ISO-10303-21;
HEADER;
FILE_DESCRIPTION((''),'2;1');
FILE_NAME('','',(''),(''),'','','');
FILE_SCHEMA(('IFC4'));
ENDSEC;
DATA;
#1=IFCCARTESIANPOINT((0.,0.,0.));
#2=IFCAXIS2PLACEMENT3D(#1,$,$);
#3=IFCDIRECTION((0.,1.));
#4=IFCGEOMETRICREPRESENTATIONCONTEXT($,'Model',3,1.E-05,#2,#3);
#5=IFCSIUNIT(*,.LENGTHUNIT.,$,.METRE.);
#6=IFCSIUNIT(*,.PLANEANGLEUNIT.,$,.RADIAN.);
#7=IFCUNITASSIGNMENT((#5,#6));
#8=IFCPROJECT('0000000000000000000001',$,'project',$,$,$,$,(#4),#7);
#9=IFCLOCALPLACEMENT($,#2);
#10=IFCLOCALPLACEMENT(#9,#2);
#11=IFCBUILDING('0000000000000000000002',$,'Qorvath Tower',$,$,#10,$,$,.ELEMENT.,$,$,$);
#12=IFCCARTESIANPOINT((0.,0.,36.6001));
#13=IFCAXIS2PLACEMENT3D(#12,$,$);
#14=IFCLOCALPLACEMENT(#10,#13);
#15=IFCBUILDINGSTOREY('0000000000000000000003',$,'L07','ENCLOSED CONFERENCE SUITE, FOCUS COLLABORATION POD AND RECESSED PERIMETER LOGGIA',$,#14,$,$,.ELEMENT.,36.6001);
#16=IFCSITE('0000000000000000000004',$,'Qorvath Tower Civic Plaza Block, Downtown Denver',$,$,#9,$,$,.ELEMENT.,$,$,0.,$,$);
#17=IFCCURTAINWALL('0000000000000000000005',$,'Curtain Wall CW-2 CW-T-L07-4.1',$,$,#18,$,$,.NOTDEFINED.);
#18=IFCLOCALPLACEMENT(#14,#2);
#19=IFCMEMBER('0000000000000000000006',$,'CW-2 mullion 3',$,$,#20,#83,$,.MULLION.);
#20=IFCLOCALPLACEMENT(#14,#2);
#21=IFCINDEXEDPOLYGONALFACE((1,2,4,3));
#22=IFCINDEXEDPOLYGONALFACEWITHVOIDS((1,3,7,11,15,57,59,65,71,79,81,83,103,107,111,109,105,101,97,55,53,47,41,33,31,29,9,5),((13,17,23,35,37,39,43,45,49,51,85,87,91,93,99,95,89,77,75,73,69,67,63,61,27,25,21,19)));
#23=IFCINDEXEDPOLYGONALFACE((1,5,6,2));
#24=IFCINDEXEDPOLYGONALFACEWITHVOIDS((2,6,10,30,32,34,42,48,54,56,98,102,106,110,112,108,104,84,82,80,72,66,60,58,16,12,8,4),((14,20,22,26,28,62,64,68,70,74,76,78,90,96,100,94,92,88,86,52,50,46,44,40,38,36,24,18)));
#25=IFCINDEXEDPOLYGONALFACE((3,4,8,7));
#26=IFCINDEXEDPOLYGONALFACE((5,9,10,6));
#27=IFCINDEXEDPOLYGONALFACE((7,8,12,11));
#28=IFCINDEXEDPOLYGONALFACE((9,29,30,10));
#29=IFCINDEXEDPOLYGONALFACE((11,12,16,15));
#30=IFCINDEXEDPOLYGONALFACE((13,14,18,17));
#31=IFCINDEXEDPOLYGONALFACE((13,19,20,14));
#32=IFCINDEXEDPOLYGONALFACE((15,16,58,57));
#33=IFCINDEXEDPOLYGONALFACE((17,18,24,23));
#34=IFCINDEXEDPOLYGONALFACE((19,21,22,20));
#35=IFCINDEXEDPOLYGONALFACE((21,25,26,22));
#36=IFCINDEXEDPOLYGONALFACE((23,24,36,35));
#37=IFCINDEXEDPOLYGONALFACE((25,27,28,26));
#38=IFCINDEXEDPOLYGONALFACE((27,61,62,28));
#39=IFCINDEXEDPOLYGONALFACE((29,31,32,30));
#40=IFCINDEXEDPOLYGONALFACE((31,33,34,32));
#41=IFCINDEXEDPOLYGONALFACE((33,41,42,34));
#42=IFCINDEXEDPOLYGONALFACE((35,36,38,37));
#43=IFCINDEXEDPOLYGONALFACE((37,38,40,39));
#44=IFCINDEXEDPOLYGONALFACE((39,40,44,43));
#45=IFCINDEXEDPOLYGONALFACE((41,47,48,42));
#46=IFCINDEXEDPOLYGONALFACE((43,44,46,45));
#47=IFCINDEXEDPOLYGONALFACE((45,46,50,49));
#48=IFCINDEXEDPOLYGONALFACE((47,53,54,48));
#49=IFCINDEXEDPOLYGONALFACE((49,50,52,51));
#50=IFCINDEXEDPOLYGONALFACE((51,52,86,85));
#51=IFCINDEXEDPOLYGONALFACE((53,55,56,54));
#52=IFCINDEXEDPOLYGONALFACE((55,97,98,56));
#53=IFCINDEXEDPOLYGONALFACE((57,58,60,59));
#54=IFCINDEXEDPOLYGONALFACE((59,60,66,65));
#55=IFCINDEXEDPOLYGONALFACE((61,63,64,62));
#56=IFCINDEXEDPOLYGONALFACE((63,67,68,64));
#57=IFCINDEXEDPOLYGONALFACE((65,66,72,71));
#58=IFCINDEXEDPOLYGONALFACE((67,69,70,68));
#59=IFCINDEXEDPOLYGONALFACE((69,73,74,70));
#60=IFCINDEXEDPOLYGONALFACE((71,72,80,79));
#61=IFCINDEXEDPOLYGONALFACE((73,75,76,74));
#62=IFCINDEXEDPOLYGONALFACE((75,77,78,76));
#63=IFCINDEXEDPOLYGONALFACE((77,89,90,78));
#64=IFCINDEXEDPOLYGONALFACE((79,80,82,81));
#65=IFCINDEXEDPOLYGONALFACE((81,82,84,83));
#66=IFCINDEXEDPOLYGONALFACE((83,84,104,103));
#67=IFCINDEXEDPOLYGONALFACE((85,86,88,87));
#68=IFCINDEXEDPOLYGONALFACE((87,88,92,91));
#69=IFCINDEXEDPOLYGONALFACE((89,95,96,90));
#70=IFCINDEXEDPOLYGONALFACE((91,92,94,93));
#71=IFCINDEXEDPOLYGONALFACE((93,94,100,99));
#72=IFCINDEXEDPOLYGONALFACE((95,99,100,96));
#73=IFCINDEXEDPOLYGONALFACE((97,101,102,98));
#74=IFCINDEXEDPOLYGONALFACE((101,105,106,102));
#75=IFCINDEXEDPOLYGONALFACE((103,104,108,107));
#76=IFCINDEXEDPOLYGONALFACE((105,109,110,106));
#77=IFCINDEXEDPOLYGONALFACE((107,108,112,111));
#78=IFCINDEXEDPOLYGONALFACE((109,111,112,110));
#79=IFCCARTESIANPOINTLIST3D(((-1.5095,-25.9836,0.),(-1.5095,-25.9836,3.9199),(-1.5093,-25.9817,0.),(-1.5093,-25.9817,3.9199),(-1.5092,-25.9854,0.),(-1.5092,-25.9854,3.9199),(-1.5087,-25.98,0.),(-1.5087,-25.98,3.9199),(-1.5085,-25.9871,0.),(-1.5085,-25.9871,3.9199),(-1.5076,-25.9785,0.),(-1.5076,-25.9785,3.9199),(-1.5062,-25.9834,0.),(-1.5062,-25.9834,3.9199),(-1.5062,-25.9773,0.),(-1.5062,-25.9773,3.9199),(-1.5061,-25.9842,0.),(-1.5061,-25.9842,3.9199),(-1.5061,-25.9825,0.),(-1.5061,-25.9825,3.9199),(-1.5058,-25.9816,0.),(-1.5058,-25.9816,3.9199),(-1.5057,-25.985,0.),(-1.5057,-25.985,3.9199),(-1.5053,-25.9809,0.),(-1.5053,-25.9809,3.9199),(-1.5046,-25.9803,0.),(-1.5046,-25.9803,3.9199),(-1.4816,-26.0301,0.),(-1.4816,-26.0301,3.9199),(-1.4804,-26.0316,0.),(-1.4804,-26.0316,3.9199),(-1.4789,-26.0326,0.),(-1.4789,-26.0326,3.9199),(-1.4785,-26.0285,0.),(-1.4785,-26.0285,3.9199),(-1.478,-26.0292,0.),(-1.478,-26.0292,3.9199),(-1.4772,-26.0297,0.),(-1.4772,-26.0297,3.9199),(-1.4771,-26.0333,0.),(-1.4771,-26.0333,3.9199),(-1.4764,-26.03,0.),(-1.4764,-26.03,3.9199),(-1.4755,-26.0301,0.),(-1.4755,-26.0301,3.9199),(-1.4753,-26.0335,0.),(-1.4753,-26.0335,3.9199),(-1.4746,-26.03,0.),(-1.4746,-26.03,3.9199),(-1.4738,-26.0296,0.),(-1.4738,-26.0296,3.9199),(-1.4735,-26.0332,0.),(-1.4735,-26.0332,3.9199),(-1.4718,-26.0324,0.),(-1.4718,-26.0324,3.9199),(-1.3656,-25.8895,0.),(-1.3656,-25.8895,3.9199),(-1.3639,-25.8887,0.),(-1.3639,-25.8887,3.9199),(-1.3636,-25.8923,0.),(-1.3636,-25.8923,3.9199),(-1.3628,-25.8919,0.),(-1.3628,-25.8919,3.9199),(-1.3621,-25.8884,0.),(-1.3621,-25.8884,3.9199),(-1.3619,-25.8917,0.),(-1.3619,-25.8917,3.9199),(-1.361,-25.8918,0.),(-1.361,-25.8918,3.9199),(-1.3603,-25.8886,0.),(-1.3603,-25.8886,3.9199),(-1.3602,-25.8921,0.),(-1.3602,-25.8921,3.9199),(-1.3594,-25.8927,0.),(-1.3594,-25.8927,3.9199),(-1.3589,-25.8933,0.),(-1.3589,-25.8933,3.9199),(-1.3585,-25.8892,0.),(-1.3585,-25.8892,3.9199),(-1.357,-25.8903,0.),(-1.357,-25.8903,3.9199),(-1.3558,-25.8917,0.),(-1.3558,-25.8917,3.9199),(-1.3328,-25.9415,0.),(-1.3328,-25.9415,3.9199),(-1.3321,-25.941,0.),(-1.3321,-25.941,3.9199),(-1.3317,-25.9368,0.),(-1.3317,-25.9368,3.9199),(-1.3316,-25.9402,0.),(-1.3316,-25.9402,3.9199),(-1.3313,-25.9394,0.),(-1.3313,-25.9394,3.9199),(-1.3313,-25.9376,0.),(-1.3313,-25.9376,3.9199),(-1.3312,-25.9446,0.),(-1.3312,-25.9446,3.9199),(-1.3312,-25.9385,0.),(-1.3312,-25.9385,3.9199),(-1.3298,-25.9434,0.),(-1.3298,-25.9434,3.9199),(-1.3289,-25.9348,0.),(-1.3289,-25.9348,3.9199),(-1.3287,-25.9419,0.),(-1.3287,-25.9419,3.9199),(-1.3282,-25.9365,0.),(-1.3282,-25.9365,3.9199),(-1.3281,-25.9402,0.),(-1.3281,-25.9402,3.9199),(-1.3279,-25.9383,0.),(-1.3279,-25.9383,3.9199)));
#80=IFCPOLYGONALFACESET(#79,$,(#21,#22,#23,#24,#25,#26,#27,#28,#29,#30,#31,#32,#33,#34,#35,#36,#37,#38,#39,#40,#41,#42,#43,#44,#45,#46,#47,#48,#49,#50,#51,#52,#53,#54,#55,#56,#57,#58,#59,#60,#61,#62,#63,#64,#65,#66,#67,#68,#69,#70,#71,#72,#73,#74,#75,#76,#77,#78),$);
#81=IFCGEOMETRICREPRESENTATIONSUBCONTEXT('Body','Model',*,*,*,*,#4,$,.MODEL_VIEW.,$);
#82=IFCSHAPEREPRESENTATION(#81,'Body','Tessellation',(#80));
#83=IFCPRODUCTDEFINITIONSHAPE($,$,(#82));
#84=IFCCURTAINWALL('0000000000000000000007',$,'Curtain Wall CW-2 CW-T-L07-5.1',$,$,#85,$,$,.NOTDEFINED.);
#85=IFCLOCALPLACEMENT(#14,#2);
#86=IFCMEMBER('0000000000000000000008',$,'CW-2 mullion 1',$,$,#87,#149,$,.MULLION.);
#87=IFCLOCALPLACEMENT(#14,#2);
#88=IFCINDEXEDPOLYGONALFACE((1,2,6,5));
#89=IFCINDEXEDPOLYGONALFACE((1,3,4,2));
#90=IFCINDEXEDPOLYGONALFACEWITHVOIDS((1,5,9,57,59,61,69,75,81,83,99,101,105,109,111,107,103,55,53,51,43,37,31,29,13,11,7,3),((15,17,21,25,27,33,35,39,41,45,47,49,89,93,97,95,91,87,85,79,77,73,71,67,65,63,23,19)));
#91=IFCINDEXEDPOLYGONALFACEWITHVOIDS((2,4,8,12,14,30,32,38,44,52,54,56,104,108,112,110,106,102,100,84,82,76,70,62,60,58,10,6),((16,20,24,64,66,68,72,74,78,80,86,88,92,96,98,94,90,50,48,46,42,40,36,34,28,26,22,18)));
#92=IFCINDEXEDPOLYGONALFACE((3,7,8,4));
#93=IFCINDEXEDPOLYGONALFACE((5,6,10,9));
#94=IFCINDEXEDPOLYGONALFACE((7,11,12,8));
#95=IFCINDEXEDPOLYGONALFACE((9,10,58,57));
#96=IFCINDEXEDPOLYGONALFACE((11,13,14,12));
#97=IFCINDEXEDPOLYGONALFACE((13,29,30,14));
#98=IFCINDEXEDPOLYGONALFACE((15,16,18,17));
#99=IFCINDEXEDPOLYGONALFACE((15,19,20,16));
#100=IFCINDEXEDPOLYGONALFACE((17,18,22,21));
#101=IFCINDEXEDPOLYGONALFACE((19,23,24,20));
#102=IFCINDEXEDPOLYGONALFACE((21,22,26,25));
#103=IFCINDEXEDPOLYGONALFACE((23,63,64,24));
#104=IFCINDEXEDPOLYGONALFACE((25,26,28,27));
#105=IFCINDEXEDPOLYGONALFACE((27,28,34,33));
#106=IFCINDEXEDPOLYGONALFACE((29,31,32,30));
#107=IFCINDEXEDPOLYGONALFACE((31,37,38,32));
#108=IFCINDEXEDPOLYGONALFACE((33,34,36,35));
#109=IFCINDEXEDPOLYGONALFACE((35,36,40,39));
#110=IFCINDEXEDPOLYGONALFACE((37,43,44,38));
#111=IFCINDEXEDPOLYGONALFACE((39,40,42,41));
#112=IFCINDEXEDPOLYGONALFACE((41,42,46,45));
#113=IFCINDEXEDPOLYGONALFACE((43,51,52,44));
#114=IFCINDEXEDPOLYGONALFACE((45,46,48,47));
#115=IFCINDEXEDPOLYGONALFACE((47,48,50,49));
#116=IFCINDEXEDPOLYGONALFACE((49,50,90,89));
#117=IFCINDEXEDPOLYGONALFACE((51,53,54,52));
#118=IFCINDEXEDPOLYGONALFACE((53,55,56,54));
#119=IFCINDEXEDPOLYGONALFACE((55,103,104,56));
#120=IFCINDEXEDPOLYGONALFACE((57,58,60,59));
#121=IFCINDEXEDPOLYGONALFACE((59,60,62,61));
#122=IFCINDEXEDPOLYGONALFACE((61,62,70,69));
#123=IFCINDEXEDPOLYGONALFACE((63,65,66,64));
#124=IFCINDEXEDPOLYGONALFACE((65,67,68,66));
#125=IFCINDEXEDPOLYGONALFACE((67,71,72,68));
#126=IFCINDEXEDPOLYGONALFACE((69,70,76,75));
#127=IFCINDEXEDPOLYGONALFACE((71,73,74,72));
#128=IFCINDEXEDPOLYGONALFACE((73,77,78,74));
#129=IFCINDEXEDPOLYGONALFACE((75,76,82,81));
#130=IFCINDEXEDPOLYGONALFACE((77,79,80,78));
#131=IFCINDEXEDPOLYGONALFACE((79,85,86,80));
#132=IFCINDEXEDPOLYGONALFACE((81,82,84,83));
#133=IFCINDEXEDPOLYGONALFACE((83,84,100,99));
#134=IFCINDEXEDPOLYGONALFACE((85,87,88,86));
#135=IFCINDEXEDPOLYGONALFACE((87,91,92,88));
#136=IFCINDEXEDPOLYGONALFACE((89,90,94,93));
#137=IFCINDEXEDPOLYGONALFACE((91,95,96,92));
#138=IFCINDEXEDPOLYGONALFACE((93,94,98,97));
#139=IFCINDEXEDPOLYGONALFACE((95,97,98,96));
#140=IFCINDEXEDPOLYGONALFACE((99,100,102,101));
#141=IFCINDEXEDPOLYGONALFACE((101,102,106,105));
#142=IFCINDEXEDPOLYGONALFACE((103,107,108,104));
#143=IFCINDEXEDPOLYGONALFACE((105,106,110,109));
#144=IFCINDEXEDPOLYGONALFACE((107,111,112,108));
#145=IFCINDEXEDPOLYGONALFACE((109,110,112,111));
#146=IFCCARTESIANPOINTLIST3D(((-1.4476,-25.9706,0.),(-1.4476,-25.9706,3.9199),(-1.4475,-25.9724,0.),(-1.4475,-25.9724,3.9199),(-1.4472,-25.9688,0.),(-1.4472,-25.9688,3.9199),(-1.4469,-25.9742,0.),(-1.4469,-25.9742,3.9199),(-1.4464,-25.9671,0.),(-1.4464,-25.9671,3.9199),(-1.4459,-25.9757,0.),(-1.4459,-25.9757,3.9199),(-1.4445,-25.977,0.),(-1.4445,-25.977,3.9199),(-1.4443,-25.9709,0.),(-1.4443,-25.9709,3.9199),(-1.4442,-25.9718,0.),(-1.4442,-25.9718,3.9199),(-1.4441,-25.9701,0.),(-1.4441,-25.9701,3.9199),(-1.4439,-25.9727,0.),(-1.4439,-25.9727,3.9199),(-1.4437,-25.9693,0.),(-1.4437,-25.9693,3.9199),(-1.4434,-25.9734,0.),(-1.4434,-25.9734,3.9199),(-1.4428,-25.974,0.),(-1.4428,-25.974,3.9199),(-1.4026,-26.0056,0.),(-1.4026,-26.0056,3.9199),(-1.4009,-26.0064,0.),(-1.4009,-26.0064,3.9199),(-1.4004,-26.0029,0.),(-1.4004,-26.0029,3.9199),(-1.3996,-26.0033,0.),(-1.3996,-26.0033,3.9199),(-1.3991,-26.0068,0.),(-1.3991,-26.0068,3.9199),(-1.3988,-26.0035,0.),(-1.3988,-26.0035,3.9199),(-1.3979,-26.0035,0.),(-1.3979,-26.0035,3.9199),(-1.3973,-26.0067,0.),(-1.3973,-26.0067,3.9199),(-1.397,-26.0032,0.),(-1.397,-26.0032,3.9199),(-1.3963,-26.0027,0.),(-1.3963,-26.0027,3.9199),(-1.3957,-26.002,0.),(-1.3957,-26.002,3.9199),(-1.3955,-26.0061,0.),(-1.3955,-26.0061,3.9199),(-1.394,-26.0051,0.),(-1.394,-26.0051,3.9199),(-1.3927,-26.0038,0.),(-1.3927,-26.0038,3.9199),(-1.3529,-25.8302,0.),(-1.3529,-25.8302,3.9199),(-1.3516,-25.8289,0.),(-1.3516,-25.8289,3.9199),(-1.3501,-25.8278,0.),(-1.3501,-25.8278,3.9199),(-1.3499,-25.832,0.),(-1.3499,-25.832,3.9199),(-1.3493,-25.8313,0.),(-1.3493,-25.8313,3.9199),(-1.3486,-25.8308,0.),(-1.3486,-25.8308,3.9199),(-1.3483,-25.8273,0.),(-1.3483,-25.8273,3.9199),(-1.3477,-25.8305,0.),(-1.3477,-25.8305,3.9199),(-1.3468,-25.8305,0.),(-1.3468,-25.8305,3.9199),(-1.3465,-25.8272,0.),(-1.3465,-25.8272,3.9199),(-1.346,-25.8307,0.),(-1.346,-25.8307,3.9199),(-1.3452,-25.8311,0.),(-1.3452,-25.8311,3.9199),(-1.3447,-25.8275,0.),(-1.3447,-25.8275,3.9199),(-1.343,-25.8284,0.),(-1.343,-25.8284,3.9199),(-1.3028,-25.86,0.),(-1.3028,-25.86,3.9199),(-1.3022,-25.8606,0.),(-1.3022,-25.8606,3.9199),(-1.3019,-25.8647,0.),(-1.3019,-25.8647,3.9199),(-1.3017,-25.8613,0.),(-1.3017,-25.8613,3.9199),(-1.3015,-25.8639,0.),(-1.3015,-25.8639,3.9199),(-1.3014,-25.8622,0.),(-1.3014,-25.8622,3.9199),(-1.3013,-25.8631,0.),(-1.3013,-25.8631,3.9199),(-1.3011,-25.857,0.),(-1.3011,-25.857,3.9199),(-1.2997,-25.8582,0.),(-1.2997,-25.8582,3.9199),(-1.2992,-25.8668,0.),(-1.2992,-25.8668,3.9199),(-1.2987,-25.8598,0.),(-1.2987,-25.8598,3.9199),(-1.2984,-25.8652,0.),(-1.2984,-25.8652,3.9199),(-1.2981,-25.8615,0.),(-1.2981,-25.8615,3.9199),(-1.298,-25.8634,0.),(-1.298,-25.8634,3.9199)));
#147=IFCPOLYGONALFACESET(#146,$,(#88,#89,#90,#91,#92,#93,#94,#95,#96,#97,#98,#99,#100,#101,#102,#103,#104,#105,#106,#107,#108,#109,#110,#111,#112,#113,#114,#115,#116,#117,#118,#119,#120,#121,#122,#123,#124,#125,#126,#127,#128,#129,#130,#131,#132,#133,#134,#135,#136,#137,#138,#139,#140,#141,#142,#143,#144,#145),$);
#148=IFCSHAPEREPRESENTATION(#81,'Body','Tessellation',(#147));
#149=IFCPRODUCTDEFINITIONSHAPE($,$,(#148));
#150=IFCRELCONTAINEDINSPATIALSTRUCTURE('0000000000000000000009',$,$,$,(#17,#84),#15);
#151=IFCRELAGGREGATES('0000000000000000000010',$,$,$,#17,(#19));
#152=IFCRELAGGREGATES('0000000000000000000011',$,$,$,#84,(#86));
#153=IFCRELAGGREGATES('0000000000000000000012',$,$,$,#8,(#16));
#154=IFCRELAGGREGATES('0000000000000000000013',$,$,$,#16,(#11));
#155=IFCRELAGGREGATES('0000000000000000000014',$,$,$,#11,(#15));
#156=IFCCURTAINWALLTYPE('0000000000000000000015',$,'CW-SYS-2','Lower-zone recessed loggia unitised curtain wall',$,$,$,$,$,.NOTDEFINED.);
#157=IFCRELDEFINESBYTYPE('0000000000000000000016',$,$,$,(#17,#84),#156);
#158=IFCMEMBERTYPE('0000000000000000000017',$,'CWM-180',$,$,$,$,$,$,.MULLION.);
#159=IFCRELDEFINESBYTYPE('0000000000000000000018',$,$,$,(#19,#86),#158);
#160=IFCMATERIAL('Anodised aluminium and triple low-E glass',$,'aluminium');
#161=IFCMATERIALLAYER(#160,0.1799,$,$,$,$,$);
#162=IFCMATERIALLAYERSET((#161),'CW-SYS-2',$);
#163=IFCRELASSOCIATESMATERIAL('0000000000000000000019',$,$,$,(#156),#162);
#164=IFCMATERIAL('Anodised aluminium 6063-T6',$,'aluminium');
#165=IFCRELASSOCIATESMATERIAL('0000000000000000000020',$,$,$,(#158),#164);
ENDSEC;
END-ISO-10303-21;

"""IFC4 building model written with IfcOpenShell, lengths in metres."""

from ifc_helpers import new_model, si_unit, direction, frame, origin, origin_2d, place, context, subcontext, project, spatial, hollow_rectangle, extrude, material, layer, layer_set, material_profile, profile_set, type_object, element, aggregate, save


model = new_model("IFC4")

# Units and contexts
model_context = context("Model", 3, precision=1e-05, world=origin(), true_north=direction((0.0, 1.0)))
body_context = subcontext(model_context, "Body", "Model", "MODEL_VIEW")
ifc_project = project(units=[si_unit("LENGTHUNIT", "METRE"), si_unit("PLANEANGLEUNIT", "RADIAN")], contexts=[model_context])

# Site, building, storey
site_placement = place(None, origin())
site = spatial("IfcSite", under=ifc_project, at=site_placement, Name="Qorvath Tower Civic Plaza Block, Downtown Denver", CompositionType="ELEMENT", RefElevation=0.0)
building_placement = place(site_placement, origin())
building = spatial("IfcBuilding", under=site, at=building_placement, Name="Qorvath Tower", CompositionType="ELEMENT")
storey_placement = place(building_placement, frame((0.0, 0.0, 36.6001)))
storey = spatial("IfcBuildingStorey", under=building, at=storey_placement, Name="L07", Description="ENCLOSED CONFERENCE SUITE, FOCUS COLLABORATION POD AND RECESSED PERIMETER LOGGIA", CompositionType="ELEMENT", Elevation=36.6001)

# Curtain walls, members
ifc_material_1 = material(Name="Anodised aluminium and triple low-E glass", Category="aluminium")
ifc_layer_1 = layer(ifc_material_1, 0.1799)
ifc_layer_set_1 = layer_set([ifc_layer_1], Name="CW-SYS-2")
curtain_wall_type = type_object("IfcCurtainWallType", Name="CW-SYS-2", Description="Lower-zone recessed loggia unitised curtain wall", PredefinedType="NOTDEFINED", material=ifc_layer_set_1)
curtain_wall_1_placement = place(storey_placement, origin())
curtain_wall_1 = element("IfcCurtainWall", 1, at=curtain_wall_1_placement, inside=storey, type_object=curtain_wall_type, Name="Curtain Wall CW-2 CW-T-L07-4.1", PredefinedType="NOTDEFINED")
ifc_material_2 = material(Name="Anodised aluminium 6063-T6", Category="aluminium")
ifc_material_profile_1 = material_profile(ifc_material_2, hollow_rectangle(XDim=0.0649, YDim=0.1799, WallThickness=0.0034, InnerFilletRadius=0.0034, OuterFilletRadius=0.0071, at=origin_2d()), Name="CWM 180x65")
ifc_profile_set_1 = profile_set([ifc_material_profile_1], Name="Anodised aluminium 6063-T6")
member_type_1 = type_object("IfcMemberType", Name="CWM-180", PredefinedType="MULLION", material=ifc_profile_set_1)
member_1_placement = place(storey_placement, frame((-1.4187, -25.9609, 0.0), z_axis=(0.0, 0.0, 1.0), x_axis=(-0.529769, 0.848142, 0.0)))
member_1 = element("IfcMember", 2, at=member_1_placement, type_object=member_type_1, Name="CW-2 mullion 3", PredefinedType="MULLION", context=body_context, shape_type="SweptSolid", body=[
    extrude(hollow_rectangle(XDim=0.0649, YDim=0.1799, WallThickness=0.0034, InnerFilletRadius=0.0034, OuterFilletRadius=0.0071, at=origin_2d()), origin(), (0.0, 0.0, 1.0), 3.9199),
])
curtain_wall_2_placement = place(storey_placement, origin())
curtain_wall_2 = element("IfcCurtainWall", 3, at=curtain_wall_2_placement, inside=storey, type_object=curtain_wall_type, Name="Curtain Wall CW-2 CW-T-L07-5.1", PredefinedType="NOTDEFINED")
member_2_placement = place(storey_placement, frame((-1.3728, -25.917, 0.0), z_axis=(0.0, 0.0, 1.0), x_axis=(-0.825864, 0.563869, 0.0)))
member_2 = element("IfcMember", 4, at=member_2_placement, type_object=member_type_1, Name="CW-2 mullion 1", PredefinedType="MULLION", context=body_context, shape_type="SweptSolid", body=[
    extrude(hollow_rectangle(XDim=0.0649, YDim=0.1799, WallThickness=0.0034, InnerFilletRadius=0.0034, OuterFilletRadius=0.0071, at=origin_2d()), origin(), (0.0, 0.0, 1.0), 3.9199),
])

aggregate(curtain_wall_1, [member_1])
aggregate(curtain_wall_2, [member_2])

save(model, "model.ifc")
